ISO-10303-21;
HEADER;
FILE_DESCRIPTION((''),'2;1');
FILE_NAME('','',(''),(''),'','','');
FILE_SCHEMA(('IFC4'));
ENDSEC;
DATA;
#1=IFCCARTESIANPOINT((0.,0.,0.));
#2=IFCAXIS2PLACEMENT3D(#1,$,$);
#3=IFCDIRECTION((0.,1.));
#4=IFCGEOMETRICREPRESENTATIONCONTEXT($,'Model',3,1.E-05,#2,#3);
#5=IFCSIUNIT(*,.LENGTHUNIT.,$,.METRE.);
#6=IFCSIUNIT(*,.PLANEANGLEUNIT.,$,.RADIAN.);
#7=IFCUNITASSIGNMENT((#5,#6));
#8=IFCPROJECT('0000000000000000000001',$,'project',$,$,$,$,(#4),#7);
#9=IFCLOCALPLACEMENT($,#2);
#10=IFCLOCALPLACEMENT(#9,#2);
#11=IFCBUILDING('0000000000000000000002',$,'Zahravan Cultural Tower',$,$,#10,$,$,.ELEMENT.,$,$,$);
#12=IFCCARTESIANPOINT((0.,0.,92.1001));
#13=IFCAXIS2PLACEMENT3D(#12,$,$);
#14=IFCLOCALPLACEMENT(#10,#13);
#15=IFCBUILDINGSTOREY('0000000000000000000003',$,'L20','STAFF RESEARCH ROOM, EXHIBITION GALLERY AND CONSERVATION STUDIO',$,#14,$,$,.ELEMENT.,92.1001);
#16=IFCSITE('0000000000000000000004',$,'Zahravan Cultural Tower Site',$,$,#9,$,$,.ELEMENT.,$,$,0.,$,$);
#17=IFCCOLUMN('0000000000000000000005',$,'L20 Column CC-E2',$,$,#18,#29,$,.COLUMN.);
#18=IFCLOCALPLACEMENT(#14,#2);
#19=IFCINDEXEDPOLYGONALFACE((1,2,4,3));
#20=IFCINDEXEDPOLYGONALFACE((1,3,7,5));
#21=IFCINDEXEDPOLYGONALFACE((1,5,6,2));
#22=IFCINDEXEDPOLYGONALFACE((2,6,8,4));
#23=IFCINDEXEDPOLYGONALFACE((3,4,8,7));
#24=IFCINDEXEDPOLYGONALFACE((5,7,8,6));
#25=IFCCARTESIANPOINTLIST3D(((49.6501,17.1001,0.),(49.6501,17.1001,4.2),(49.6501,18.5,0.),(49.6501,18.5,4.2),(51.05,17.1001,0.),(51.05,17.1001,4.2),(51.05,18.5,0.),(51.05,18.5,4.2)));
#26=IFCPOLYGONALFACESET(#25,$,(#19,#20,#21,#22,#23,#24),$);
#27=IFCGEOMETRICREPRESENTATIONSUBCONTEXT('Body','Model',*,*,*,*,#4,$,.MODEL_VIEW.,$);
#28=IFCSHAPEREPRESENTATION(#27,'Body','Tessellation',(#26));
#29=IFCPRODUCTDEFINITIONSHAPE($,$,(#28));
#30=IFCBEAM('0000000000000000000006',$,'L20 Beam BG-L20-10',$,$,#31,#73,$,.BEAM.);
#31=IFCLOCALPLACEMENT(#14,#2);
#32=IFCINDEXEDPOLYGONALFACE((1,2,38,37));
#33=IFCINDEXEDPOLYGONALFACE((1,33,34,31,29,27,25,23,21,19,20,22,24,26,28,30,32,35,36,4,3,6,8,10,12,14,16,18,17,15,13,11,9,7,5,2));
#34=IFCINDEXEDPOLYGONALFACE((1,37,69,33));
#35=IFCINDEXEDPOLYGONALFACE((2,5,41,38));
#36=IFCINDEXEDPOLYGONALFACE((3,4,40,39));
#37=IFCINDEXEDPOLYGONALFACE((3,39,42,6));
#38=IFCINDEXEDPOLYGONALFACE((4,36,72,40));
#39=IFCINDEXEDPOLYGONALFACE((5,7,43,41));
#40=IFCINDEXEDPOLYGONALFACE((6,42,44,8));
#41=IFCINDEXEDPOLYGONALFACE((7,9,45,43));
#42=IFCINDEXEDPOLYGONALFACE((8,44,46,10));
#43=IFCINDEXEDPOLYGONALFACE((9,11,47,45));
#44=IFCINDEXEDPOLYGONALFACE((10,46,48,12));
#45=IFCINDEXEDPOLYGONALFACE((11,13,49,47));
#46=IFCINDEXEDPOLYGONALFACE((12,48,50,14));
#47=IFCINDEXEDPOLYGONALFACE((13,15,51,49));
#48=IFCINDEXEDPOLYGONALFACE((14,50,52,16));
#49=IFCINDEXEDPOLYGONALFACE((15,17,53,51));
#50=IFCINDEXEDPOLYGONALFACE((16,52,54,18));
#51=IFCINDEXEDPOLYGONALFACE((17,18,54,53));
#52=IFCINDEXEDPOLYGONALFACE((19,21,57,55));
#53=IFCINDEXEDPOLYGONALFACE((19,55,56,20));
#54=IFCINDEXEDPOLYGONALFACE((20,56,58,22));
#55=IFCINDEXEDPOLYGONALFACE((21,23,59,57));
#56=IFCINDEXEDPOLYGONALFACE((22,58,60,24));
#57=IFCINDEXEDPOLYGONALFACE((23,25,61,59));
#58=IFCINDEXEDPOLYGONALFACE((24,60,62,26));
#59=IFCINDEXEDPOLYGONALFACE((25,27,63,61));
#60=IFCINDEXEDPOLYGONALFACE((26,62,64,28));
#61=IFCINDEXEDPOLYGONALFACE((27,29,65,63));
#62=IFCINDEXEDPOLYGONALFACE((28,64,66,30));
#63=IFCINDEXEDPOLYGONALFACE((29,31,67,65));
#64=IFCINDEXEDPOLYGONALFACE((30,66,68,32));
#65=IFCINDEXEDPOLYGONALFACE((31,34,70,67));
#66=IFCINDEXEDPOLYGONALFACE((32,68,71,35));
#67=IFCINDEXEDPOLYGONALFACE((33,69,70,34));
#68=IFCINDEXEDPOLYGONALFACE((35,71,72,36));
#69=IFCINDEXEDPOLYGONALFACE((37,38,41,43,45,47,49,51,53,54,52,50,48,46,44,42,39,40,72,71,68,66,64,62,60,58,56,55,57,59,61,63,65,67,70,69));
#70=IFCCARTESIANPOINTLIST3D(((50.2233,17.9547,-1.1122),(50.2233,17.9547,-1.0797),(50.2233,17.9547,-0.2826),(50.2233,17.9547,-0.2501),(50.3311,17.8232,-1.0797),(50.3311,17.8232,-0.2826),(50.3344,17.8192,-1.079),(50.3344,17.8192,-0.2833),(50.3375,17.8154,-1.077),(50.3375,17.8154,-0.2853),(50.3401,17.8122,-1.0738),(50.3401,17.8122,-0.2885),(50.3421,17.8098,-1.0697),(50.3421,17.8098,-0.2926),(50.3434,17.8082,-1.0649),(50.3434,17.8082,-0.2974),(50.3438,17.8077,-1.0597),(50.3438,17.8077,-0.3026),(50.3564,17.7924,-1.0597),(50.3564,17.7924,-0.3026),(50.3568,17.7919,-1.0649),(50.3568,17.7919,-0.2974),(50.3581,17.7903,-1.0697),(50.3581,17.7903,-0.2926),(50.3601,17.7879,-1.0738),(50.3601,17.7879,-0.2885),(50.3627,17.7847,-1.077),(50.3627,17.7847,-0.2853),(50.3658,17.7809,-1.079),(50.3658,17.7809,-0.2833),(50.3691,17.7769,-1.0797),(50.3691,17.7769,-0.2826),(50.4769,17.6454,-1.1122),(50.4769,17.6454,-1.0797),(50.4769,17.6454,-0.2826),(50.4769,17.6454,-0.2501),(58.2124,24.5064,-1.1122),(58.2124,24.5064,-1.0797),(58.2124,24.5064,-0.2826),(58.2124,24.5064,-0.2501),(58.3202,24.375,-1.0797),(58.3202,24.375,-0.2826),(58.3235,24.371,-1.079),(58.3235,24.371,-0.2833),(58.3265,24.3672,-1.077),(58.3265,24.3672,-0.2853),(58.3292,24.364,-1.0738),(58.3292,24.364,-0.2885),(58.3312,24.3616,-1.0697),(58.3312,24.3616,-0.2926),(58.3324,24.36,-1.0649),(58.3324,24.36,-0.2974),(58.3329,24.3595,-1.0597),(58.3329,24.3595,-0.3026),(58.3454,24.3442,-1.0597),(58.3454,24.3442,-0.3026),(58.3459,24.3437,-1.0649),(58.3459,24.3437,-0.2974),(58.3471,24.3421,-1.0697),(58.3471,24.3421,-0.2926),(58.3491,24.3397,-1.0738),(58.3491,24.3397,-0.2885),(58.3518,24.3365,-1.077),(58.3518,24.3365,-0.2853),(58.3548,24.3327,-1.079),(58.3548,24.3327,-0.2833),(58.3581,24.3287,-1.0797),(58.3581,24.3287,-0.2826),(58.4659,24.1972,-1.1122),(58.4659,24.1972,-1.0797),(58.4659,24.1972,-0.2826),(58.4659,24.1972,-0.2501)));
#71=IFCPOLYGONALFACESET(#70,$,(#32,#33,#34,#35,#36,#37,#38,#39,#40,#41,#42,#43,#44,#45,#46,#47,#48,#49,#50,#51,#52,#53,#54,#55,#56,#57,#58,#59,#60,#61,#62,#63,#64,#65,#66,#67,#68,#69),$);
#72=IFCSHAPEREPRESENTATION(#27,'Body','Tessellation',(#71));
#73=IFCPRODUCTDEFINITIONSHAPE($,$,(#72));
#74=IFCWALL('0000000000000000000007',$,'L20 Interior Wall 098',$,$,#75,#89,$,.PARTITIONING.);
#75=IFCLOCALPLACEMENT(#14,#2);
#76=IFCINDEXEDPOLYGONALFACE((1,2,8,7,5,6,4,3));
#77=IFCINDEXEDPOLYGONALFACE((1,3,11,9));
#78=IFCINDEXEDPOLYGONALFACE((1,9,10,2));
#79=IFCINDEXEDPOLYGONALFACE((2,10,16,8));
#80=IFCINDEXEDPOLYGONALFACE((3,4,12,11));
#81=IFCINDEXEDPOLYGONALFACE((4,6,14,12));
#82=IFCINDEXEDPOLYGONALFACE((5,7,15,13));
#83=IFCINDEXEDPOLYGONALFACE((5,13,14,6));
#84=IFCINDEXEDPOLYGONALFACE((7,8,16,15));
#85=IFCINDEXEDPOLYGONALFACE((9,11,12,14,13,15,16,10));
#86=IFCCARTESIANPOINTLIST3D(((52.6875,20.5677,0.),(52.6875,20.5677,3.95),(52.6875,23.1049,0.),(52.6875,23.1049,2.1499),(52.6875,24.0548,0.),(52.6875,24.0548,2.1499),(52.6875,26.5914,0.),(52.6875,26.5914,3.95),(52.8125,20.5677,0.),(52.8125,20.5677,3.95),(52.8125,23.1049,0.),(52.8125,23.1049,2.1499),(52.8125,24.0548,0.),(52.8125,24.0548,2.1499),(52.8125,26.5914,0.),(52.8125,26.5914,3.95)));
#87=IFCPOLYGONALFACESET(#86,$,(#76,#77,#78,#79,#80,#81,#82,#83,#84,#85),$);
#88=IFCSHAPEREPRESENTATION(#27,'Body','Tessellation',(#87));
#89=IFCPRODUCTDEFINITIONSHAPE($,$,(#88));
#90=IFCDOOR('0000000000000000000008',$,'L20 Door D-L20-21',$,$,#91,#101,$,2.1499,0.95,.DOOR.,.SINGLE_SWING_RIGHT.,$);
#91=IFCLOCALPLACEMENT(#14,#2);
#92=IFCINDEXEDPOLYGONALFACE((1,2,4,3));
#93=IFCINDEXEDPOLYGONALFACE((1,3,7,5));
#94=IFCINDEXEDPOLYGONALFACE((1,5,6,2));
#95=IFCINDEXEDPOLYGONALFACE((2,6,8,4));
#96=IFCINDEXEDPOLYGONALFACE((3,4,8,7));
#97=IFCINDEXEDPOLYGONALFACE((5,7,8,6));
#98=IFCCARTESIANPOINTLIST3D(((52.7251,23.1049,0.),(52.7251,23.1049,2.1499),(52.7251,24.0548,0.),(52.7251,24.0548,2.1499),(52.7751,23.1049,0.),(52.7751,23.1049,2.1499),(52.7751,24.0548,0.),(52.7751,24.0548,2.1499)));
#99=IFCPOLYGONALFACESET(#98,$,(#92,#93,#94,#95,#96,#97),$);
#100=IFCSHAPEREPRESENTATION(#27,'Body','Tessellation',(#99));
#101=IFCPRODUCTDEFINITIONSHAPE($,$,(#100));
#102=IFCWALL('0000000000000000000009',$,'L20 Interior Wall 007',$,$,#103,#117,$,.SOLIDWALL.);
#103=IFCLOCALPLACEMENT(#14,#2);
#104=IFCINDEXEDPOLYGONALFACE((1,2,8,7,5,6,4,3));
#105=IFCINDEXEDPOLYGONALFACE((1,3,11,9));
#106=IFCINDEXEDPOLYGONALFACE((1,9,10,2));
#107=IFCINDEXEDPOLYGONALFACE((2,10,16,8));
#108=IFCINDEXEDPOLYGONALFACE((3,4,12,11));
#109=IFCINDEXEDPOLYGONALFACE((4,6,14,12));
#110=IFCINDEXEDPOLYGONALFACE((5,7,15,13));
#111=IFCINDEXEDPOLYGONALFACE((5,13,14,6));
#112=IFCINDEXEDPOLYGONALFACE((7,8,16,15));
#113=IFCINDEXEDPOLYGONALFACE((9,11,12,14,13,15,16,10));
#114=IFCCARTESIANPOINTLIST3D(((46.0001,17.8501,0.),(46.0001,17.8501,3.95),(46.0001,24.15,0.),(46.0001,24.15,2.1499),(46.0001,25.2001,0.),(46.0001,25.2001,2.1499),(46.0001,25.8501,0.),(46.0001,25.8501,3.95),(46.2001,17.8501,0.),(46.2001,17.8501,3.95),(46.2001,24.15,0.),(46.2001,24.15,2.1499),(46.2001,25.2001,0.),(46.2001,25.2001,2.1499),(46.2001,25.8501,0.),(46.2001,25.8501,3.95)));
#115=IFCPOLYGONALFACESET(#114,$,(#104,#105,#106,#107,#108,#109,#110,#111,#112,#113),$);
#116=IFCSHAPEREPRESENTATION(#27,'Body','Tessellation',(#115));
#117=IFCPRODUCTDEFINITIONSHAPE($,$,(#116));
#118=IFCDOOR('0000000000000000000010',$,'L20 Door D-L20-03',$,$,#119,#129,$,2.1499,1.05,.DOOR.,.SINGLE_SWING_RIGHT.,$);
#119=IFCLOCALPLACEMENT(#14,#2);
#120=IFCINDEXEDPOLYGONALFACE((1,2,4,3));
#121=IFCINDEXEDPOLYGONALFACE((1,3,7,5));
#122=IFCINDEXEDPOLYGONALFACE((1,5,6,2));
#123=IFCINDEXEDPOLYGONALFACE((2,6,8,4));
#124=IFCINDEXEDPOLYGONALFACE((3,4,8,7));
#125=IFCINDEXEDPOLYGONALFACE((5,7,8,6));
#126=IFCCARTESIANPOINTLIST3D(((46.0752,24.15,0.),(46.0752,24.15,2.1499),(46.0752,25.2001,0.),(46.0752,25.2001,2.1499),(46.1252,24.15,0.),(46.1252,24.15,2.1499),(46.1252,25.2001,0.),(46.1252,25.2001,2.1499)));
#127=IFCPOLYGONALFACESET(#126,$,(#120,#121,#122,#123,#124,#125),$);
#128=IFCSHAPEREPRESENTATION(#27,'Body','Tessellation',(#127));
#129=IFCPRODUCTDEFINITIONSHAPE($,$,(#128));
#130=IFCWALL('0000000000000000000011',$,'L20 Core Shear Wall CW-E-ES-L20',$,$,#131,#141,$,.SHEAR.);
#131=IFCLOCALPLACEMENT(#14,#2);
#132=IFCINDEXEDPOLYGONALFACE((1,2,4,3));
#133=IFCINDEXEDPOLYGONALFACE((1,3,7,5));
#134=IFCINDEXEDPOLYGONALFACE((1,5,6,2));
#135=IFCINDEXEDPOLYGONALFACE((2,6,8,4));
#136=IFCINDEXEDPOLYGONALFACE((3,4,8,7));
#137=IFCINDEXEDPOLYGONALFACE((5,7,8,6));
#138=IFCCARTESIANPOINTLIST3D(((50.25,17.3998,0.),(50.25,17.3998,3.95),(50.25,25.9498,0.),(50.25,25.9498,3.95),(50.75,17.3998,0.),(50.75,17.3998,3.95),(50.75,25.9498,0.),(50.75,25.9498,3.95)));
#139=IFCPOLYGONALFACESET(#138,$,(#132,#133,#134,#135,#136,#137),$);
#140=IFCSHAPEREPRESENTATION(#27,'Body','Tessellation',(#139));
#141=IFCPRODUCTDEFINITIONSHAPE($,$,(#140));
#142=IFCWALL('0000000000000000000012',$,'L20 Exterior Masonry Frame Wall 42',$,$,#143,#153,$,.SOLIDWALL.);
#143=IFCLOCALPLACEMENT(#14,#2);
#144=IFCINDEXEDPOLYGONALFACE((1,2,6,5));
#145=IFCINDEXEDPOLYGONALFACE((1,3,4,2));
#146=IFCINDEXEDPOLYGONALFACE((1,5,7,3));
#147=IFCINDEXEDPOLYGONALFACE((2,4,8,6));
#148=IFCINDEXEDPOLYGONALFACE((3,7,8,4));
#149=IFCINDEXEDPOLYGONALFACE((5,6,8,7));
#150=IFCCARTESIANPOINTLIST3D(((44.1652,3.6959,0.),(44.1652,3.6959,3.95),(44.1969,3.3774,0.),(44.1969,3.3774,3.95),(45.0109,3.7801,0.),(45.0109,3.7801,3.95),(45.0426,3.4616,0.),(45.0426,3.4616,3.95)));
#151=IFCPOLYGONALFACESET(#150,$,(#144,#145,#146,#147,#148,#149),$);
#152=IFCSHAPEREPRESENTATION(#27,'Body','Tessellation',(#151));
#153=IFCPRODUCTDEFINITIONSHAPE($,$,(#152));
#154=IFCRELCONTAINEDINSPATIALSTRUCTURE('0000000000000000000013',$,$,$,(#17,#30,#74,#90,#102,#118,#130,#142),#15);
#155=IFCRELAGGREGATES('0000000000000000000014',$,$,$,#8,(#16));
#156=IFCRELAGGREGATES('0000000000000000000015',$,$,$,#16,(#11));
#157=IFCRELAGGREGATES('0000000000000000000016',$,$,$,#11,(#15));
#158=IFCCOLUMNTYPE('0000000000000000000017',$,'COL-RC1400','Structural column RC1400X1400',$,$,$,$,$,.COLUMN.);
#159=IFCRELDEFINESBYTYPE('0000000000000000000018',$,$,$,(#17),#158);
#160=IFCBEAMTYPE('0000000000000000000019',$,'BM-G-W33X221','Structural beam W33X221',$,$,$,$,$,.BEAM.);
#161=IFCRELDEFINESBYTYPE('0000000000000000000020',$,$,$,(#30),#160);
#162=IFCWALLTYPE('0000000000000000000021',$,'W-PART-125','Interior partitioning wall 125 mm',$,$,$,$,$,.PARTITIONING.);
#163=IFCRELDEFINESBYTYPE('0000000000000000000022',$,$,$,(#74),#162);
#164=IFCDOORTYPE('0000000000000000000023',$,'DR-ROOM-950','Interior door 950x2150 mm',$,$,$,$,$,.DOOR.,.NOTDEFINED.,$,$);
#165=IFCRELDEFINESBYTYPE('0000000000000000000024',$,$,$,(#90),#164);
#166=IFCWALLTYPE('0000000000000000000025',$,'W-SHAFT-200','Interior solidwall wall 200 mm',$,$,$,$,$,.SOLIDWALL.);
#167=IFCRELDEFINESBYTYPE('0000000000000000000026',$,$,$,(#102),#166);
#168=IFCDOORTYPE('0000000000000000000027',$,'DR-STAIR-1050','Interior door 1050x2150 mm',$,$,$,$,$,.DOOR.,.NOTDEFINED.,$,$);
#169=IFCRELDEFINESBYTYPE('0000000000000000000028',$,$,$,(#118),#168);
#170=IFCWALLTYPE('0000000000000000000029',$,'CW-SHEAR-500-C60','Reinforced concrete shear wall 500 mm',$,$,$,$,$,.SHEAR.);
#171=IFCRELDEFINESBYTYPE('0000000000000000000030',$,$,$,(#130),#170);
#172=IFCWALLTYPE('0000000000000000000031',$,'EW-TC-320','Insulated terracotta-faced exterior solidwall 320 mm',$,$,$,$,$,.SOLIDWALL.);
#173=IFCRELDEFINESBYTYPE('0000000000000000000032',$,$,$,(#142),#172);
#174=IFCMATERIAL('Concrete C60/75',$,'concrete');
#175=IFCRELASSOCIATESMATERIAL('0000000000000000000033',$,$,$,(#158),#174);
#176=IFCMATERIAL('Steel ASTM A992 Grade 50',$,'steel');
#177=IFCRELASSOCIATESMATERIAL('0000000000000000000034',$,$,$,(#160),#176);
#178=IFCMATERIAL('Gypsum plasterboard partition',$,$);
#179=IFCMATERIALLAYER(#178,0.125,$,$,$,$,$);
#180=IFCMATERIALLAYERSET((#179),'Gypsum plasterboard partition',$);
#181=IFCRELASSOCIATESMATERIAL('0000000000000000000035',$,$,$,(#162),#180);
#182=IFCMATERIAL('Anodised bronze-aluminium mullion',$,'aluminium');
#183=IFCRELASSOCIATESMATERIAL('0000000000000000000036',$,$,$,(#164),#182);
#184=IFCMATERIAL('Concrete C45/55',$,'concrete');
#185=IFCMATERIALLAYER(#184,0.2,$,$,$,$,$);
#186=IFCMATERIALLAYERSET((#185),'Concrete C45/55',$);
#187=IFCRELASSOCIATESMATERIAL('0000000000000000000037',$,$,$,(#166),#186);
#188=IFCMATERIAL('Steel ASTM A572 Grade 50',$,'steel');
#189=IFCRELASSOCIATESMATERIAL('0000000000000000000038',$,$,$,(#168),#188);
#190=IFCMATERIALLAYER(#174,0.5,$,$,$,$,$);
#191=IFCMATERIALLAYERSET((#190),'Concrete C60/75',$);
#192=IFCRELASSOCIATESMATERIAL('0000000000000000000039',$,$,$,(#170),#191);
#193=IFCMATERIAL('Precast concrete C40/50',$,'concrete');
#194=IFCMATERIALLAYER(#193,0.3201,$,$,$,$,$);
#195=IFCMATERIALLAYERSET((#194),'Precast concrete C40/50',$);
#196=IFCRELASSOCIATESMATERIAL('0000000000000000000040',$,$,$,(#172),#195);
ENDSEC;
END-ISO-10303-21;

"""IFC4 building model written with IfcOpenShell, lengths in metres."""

from ifc_helpers import new_model, si_unit, direction, frame, frame_2d, origin, origin_2d, place, context, subcontext, project, spatial, rectangle, i_section, extrude, source, transform, mapped, material, layer, layer_set, material_profile, profile_set, type_object, element, fill, save


model = new_model("IFC4")

# Units and contexts
model_context = context("Model", 3, precision=1e-05, world=origin(), true_north=direction((0.0, 1.0)))
body_context = subcontext(model_context, "Body", "Model", "MODEL_VIEW")
ifc_project = project(units=[si_unit("LENGTHUNIT", "METRE"), si_unit("PLANEANGLEUNIT", "RADIAN")], contexts=[model_context])

# Site, building, storey
site_placement = place(None, origin())
site = spatial("IfcSite", under=ifc_project, at=site_placement, Name="Zahravan Cultural Tower Site", CompositionType="ELEMENT", RefElevation=0.0)
building_placement = place(site_placement, origin())
building = spatial("IfcBuilding", under=site, at=building_placement, Name="Zahravan Cultural Tower", CompositionType="ELEMENT")
storey_placement = place(building_placement, frame((0.0, 0.0, 92.1001)))
storey = spatial("IfcBuildingStorey", under=building, at=storey_placement, Name="L20", Description="STAFF RESEARCH ROOM, EXHIBITION GALLERY AND CONSERVATION STUDIO", CompositionType="ELEMENT", Elevation=92.1001)

# Column
ifc_material_1 = material(Name="Concrete C60/75", Category="concrete")
ifc_material_profile_1 = material_profile(ifc_material_1, rectangle(XDim=1.3999, YDim=1.3999, at=origin_2d()), Name="RC1400X1400")
ifc_profile_set_1 = profile_set([ifc_material_profile_1], Name="Concrete C60/75")
column_type = type_object("IfcColumnType", Name="COL-RC1400", Description="Structural column RC1400X1400", PredefinedType="COLUMN", material=ifc_profile_set_1)
shared_shape_1 = source(origin(), body_context, "Body", "SweptSolid", [
    extrude(rectangle(XDim=1.3999, YDim=1.3999, at=origin_2d()), origin(), (0.0, 0.0, 1.0), 4.2),
])
column_placement = place(storey_placement, frame((50.3501, 17.8, 0.0), z_axis=(0.0, 0.0, 1.0), x_axis=(1.0, 0.0, 0.0)))
element("IfcColumn", 1, at=column_placement, inside=storey, type_object=column_type, Name="L20 Column CC-E2", PredefinedType="COLUMN", context=body_context, shape_type="MappedRepresentation", body=[
    mapped(shared_shape_1, transform((0.0, 0.0, 0.0), x_axis=(1.0, 0.0, 0.0), y_axis=(0.0, 1.0, 0.0), z_axis=(0.0, 0.0, 1.0), scale=1.0)),
])

# Beam
ifc_material_2 = material(Name="Steel ASTM A992 Grade 50", Category="steel")
ifc_material_profile_2 = material_profile(ifc_material_2, i_section(OverallWidth=0.3999, OverallDepth=0.8621, WebThickness=0.0198, FlangeThickness=0.0325, FilletRadius=0.02, at=origin_2d()), Name="W33X221")
ifc_profile_set_2 = profile_set([ifc_material_profile_2], Name="Steel ASTM A992 Grade 50")
beam_type = type_object("IfcBeamType", Name="BM-G-W33X221", Description="Structural beam W33X221", PredefinedType="BEAM", material=ifc_profile_set_2)
shared_shape_2 = source(origin(), body_context, "Body", "SweptSolid", [
    extrude(i_section(OverallWidth=0.3999, OverallDepth=0.8621, WebThickness=0.0198, FlangeThickness=0.0325, FilletRadius=0.02, at=origin_2d()), origin(), (0.0, 0.0, 1.0), 10.332),
])
beam_placement = place(storey_placement, frame((50.3501, 17.8, -0.6812), z_axis=(0.773231, 0.634124, 0.0), x_axis=(-0.634124, 0.773231, 0.0)))
element("IfcBeam", 2, at=beam_placement, inside=storey, type_object=beam_type, Name="L20 Beam BG-L20-10", PredefinedType="BEAM", context=body_context, shape_type="MappedRepresentation", body=[
    mapped(shared_shape_2, transform((0.0, 0.0, 0.0), x_axis=(1.0, 0.0, 0.0), y_axis=(0.0, 1.0, 0.0), z_axis=(0.0, 0.0, 1.0), scale=1.0)),
])

# Walls, openings, doors
ifc_material_3 = material(Name="Gypsum plasterboard partition")
ifc_layer_1 = layer(ifc_material_3, 0.125)
ifc_layer_set_1 = layer_set([ifc_layer_1], Name="Gypsum plasterboard partition")
wall_type_1 = type_object("IfcWallType", Name="W-PART-125", Description="Interior partitioning wall 125 mm", PredefinedType="PARTITIONING", material=ifc_layer_set_1)
wall_1_placement = place(storey_placement, frame((52.75, 20.5679, 0.0), z_axis=(0.0, 0.0, 1.0), x_axis=(0.0, 1.0, 0.0)))
wall_1 = element("IfcWall", 3, at=wall_1_placement, inside=storey, type_object=wall_type_1, Name="L20 Interior Wall 098", PredefinedType="PARTITIONING", context=body_context, shape_type="SweptSolid", body=[
    extrude(rectangle(XDim=6.0237, YDim=0.125, at=frame_2d((3.0117, 0.0))), origin(), (0.0, 0.0, 1.0), 3.95),
])
opening_1_placement = place(wall_1_placement, frame((2.5369, 0.0, 0.0)))
opening_1 = element("IfcOpeningElement", 4, at=opening_1_placement, cuts=wall_1, PredefinedType="OPENING", context=body_context, shape_type="SweptSolid", body=[
    extrude(rectangle(XDim=0.95, YDim=2.1499, at=frame_2d((0.4751, 1.075))), frame((0.0, 0.0725, 0.0), z_axis=(0.0, -1.0, 0.0), x_axis=(1.0, 0.0, 0.0)), (0.0, 0.0, 1.0), 0.145),
])
ifc_material_4 = material(Name="Anodised bronze-aluminium mullion", Category="aluminium")
door_type_1 = type_object("IfcDoorType", Name="DR-ROOM-950", Description="Interior door 950x2150 mm", OperationType="NOTDEFINED", PredefinedType="DOOR", material=ifc_material_4)
shared_shape_3 = source(origin(), body_context, "Body", "SweptSolid", [
    extrude(rectangle(XDim=0.95, YDim=2.1499, at=frame_2d((0.4751, 1.075))), frame((0.0, 0.0249, 0.0), z_axis=(0.0, -1.0, 0.0), x_axis=(1.0, 0.0, 0.0)), (0.0, 0.0, 1.0), 0.05),
])
door_1_placement = place(opening_1_placement, origin())
door_1 = element("IfcDoor", 5, at=door_1_placement, inside=storey, type_object=door_type_1, Name="L20 Door D-L20-21", OperationType="SINGLE_SWING_RIGHT", OverallHeight=2.1499, OverallWidth=0.95, PredefinedType="DOOR", context=body_context, shape_type="MappedRepresentation", body=[
    mapped(shared_shape_3, transform((0.0, 0.0, 0.0), x_axis=(1.0, 0.0, 0.0), y_axis=(0.0, 1.0, 0.0), z_axis=(0.0, 0.0, 1.0), scale=1.0)),
])
fill(opening_1, door_1)
ifc_material_5 = material(Name="Concrete C45/55", Category="concrete")
ifc_layer_2 = layer(ifc_material_5, 0.2)
ifc_layer_set_2 = layer_set([ifc_layer_2], Name="Concrete C45/55")
wall_type_2 = type_object("IfcWallType", Name="W-SHAFT-200", Description="Interior solidwall wall 200 mm", PredefinedType="SOLIDWALL", material=ifc_layer_set_2)
wall_2_placement = place(storey_placement, frame((46.1001, 17.8501, 0.0), z_axis=(0.0, 0.0, 1.0), x_axis=(0.0, 1.0, 0.0)))
wall_2 = element("IfcWall", 6, at=wall_2_placement, inside=storey, type_object=wall_type_2, Name="L20 Interior Wall 007", PredefinedType="SOLIDWALL", context=body_context, shape_type="SweptSolid", body=[
    extrude(rectangle(XDim=8.0, YDim=0.2, at=frame_2d((4.0, 0.0))), origin(), (0.0, 0.0, 1.0), 3.95),
])
opening_2_placement = place(wall_2_placement, frame((6.3, 0.0, 0.0)))
opening_2 = element("IfcOpeningElement", 7, at=opening_2_placement, cuts=wall_2, PredefinedType="OPENING", context=body_context, shape_type="SweptSolid", body=[
    extrude(rectangle(XDim=1.05, YDim=2.1499, at=frame_2d((0.5249, 1.075))), frame((0.0, 0.1099, 0.0), z_axis=(0.0, -1.0, 0.0), x_axis=(1.0, 0.0, 0.0)), (0.0, 0.0, 1.0), 0.22),
])
ifc_material_6 = material(Name="Steel ASTM A572 Grade 50", Category="steel")
door_type_2 = type_object("IfcDoorType", Name="DR-STAIR-1050", Description="Interior door 1050x2150 mm", OperationType="NOTDEFINED", PredefinedType="DOOR", material=ifc_material_6)
shared_shape_4 = source(origin(), body_context, "Body", "SweptSolid", [
    extrude(rectangle(XDim=1.05, YDim=2.1499, at=frame_2d((0.5249, 1.075))), frame((0.0, 0.0249, 0.0), z_axis=(0.0, -1.0, 0.0), x_axis=(1.0, 0.0, 0.0)), (0.0, 0.0, 1.0), 0.05),
])
door_2_placement = place(opening_2_placement, origin())
door_2 = element("IfcDoor", 8, at=door_2_placement, inside=storey, type_object=door_type_2, Name="L20 Door D-L20-03", OperationType="SINGLE_SWING_RIGHT", OverallHeight=2.1499, OverallWidth=1.05, PredefinedType="DOOR", context=body_context, shape_type="MappedRepresentation", body=[
    mapped(shared_shape_4, transform((0.0, 0.0, 0.0), x_axis=(1.0, 0.0, 0.0), y_axis=(0.0, 1.0, 0.0), z_axis=(0.0, 0.0, 1.0), scale=1.0)),
])
fill(opening_2, door_2)

# Walls
ifc_layer_3 = layer(ifc_material_1, 0.5)
ifc_layer_set_3 = layer_set([ifc_layer_3], Name="Concrete C60/75")
wall_type_3 = type_object("IfcWallType", Name="CW-SHEAR-500-C60", Description="Reinforced concrete shear wall 500 mm", PredefinedType="SHEAR", material=ifc_layer_set_3)
shared_shape_5 = source(origin(), body_context, "Body", "SweptSolid", [
    extrude(rectangle(XDim=8.55, YDim=0.5, at=frame_2d((4.2749, 0.0))), origin(), (0.0, 0.0, 1.0), 3.95),
])
wall_3_placement = place(storey_placement, frame((50.5, 17.3999, 0.0), z_axis=(0.0, 0.0, 1.0), x_axis=(0.0, 1.0, 0.0)))
element("IfcWall", 9, at=wall_3_placement, inside=storey, type_object=wall_type_3, Name="L20 Core Shear Wall CW-E-ES-L20", PredefinedType="SHEAR", context=body_context, shape_type="MappedRepresentation", body=[
    mapped(shared_shape_5, transform((0.0, 0.0, 0.0), x_axis=(1.0, 0.0, 0.0), y_axis=(0.0, 1.0, 0.0), z_axis=(0.0, 0.0, 1.0), scale=1.0)),
])
ifc_material_7 = material(Name="Precast concrete C40/50", Category="concrete")
ifc_layer_4 = layer(ifc_material_7, 0.3201)
ifc_layer_set_4 = layer_set([ifc_layer_4], Name="Precast concrete C40/50")
wall_type_4 = type_object("IfcWallType", Name="EW-TC-320", Description="Insulated terracotta-faced exterior solidwall 320 mm", PredefinedType="SOLIDWALL", material=ifc_layer_set_4)
shared_shape_6 = source(origin(), body_context, "Body", "SweptSolid", [
    extrude(rectangle(XDim=0.8499, YDim=0.3201, at=frame_2d((0.4248, 0.0))), origin(), (0.0, 0.0, 1.0), 3.95),
])
wall_4_placement = place(storey_placement, frame((45.0266, 3.6208, 0.0), z_axis=(0.0, 0.0, 1.0), x_axis=(-0.995077, -0.099106, 0.0)))
element("IfcWall", 10, at=wall_4_placement, inside=storey, type_object=wall_type_4, Name="L20 Exterior Masonry Frame Wall 42", PredefinedType="SOLIDWALL", context=body_context, shape_type="MappedRepresentation", body=[
    mapped(shared_shape_6, transform((0.0, 0.0, 0.0), x_axis=(1.0, 0.0, 0.0), y_axis=(0.0, 1.0, 0.0), z_axis=(0.0, 0.0, 1.0), scale=1.0)),
])

save(model, "model.ifc")
